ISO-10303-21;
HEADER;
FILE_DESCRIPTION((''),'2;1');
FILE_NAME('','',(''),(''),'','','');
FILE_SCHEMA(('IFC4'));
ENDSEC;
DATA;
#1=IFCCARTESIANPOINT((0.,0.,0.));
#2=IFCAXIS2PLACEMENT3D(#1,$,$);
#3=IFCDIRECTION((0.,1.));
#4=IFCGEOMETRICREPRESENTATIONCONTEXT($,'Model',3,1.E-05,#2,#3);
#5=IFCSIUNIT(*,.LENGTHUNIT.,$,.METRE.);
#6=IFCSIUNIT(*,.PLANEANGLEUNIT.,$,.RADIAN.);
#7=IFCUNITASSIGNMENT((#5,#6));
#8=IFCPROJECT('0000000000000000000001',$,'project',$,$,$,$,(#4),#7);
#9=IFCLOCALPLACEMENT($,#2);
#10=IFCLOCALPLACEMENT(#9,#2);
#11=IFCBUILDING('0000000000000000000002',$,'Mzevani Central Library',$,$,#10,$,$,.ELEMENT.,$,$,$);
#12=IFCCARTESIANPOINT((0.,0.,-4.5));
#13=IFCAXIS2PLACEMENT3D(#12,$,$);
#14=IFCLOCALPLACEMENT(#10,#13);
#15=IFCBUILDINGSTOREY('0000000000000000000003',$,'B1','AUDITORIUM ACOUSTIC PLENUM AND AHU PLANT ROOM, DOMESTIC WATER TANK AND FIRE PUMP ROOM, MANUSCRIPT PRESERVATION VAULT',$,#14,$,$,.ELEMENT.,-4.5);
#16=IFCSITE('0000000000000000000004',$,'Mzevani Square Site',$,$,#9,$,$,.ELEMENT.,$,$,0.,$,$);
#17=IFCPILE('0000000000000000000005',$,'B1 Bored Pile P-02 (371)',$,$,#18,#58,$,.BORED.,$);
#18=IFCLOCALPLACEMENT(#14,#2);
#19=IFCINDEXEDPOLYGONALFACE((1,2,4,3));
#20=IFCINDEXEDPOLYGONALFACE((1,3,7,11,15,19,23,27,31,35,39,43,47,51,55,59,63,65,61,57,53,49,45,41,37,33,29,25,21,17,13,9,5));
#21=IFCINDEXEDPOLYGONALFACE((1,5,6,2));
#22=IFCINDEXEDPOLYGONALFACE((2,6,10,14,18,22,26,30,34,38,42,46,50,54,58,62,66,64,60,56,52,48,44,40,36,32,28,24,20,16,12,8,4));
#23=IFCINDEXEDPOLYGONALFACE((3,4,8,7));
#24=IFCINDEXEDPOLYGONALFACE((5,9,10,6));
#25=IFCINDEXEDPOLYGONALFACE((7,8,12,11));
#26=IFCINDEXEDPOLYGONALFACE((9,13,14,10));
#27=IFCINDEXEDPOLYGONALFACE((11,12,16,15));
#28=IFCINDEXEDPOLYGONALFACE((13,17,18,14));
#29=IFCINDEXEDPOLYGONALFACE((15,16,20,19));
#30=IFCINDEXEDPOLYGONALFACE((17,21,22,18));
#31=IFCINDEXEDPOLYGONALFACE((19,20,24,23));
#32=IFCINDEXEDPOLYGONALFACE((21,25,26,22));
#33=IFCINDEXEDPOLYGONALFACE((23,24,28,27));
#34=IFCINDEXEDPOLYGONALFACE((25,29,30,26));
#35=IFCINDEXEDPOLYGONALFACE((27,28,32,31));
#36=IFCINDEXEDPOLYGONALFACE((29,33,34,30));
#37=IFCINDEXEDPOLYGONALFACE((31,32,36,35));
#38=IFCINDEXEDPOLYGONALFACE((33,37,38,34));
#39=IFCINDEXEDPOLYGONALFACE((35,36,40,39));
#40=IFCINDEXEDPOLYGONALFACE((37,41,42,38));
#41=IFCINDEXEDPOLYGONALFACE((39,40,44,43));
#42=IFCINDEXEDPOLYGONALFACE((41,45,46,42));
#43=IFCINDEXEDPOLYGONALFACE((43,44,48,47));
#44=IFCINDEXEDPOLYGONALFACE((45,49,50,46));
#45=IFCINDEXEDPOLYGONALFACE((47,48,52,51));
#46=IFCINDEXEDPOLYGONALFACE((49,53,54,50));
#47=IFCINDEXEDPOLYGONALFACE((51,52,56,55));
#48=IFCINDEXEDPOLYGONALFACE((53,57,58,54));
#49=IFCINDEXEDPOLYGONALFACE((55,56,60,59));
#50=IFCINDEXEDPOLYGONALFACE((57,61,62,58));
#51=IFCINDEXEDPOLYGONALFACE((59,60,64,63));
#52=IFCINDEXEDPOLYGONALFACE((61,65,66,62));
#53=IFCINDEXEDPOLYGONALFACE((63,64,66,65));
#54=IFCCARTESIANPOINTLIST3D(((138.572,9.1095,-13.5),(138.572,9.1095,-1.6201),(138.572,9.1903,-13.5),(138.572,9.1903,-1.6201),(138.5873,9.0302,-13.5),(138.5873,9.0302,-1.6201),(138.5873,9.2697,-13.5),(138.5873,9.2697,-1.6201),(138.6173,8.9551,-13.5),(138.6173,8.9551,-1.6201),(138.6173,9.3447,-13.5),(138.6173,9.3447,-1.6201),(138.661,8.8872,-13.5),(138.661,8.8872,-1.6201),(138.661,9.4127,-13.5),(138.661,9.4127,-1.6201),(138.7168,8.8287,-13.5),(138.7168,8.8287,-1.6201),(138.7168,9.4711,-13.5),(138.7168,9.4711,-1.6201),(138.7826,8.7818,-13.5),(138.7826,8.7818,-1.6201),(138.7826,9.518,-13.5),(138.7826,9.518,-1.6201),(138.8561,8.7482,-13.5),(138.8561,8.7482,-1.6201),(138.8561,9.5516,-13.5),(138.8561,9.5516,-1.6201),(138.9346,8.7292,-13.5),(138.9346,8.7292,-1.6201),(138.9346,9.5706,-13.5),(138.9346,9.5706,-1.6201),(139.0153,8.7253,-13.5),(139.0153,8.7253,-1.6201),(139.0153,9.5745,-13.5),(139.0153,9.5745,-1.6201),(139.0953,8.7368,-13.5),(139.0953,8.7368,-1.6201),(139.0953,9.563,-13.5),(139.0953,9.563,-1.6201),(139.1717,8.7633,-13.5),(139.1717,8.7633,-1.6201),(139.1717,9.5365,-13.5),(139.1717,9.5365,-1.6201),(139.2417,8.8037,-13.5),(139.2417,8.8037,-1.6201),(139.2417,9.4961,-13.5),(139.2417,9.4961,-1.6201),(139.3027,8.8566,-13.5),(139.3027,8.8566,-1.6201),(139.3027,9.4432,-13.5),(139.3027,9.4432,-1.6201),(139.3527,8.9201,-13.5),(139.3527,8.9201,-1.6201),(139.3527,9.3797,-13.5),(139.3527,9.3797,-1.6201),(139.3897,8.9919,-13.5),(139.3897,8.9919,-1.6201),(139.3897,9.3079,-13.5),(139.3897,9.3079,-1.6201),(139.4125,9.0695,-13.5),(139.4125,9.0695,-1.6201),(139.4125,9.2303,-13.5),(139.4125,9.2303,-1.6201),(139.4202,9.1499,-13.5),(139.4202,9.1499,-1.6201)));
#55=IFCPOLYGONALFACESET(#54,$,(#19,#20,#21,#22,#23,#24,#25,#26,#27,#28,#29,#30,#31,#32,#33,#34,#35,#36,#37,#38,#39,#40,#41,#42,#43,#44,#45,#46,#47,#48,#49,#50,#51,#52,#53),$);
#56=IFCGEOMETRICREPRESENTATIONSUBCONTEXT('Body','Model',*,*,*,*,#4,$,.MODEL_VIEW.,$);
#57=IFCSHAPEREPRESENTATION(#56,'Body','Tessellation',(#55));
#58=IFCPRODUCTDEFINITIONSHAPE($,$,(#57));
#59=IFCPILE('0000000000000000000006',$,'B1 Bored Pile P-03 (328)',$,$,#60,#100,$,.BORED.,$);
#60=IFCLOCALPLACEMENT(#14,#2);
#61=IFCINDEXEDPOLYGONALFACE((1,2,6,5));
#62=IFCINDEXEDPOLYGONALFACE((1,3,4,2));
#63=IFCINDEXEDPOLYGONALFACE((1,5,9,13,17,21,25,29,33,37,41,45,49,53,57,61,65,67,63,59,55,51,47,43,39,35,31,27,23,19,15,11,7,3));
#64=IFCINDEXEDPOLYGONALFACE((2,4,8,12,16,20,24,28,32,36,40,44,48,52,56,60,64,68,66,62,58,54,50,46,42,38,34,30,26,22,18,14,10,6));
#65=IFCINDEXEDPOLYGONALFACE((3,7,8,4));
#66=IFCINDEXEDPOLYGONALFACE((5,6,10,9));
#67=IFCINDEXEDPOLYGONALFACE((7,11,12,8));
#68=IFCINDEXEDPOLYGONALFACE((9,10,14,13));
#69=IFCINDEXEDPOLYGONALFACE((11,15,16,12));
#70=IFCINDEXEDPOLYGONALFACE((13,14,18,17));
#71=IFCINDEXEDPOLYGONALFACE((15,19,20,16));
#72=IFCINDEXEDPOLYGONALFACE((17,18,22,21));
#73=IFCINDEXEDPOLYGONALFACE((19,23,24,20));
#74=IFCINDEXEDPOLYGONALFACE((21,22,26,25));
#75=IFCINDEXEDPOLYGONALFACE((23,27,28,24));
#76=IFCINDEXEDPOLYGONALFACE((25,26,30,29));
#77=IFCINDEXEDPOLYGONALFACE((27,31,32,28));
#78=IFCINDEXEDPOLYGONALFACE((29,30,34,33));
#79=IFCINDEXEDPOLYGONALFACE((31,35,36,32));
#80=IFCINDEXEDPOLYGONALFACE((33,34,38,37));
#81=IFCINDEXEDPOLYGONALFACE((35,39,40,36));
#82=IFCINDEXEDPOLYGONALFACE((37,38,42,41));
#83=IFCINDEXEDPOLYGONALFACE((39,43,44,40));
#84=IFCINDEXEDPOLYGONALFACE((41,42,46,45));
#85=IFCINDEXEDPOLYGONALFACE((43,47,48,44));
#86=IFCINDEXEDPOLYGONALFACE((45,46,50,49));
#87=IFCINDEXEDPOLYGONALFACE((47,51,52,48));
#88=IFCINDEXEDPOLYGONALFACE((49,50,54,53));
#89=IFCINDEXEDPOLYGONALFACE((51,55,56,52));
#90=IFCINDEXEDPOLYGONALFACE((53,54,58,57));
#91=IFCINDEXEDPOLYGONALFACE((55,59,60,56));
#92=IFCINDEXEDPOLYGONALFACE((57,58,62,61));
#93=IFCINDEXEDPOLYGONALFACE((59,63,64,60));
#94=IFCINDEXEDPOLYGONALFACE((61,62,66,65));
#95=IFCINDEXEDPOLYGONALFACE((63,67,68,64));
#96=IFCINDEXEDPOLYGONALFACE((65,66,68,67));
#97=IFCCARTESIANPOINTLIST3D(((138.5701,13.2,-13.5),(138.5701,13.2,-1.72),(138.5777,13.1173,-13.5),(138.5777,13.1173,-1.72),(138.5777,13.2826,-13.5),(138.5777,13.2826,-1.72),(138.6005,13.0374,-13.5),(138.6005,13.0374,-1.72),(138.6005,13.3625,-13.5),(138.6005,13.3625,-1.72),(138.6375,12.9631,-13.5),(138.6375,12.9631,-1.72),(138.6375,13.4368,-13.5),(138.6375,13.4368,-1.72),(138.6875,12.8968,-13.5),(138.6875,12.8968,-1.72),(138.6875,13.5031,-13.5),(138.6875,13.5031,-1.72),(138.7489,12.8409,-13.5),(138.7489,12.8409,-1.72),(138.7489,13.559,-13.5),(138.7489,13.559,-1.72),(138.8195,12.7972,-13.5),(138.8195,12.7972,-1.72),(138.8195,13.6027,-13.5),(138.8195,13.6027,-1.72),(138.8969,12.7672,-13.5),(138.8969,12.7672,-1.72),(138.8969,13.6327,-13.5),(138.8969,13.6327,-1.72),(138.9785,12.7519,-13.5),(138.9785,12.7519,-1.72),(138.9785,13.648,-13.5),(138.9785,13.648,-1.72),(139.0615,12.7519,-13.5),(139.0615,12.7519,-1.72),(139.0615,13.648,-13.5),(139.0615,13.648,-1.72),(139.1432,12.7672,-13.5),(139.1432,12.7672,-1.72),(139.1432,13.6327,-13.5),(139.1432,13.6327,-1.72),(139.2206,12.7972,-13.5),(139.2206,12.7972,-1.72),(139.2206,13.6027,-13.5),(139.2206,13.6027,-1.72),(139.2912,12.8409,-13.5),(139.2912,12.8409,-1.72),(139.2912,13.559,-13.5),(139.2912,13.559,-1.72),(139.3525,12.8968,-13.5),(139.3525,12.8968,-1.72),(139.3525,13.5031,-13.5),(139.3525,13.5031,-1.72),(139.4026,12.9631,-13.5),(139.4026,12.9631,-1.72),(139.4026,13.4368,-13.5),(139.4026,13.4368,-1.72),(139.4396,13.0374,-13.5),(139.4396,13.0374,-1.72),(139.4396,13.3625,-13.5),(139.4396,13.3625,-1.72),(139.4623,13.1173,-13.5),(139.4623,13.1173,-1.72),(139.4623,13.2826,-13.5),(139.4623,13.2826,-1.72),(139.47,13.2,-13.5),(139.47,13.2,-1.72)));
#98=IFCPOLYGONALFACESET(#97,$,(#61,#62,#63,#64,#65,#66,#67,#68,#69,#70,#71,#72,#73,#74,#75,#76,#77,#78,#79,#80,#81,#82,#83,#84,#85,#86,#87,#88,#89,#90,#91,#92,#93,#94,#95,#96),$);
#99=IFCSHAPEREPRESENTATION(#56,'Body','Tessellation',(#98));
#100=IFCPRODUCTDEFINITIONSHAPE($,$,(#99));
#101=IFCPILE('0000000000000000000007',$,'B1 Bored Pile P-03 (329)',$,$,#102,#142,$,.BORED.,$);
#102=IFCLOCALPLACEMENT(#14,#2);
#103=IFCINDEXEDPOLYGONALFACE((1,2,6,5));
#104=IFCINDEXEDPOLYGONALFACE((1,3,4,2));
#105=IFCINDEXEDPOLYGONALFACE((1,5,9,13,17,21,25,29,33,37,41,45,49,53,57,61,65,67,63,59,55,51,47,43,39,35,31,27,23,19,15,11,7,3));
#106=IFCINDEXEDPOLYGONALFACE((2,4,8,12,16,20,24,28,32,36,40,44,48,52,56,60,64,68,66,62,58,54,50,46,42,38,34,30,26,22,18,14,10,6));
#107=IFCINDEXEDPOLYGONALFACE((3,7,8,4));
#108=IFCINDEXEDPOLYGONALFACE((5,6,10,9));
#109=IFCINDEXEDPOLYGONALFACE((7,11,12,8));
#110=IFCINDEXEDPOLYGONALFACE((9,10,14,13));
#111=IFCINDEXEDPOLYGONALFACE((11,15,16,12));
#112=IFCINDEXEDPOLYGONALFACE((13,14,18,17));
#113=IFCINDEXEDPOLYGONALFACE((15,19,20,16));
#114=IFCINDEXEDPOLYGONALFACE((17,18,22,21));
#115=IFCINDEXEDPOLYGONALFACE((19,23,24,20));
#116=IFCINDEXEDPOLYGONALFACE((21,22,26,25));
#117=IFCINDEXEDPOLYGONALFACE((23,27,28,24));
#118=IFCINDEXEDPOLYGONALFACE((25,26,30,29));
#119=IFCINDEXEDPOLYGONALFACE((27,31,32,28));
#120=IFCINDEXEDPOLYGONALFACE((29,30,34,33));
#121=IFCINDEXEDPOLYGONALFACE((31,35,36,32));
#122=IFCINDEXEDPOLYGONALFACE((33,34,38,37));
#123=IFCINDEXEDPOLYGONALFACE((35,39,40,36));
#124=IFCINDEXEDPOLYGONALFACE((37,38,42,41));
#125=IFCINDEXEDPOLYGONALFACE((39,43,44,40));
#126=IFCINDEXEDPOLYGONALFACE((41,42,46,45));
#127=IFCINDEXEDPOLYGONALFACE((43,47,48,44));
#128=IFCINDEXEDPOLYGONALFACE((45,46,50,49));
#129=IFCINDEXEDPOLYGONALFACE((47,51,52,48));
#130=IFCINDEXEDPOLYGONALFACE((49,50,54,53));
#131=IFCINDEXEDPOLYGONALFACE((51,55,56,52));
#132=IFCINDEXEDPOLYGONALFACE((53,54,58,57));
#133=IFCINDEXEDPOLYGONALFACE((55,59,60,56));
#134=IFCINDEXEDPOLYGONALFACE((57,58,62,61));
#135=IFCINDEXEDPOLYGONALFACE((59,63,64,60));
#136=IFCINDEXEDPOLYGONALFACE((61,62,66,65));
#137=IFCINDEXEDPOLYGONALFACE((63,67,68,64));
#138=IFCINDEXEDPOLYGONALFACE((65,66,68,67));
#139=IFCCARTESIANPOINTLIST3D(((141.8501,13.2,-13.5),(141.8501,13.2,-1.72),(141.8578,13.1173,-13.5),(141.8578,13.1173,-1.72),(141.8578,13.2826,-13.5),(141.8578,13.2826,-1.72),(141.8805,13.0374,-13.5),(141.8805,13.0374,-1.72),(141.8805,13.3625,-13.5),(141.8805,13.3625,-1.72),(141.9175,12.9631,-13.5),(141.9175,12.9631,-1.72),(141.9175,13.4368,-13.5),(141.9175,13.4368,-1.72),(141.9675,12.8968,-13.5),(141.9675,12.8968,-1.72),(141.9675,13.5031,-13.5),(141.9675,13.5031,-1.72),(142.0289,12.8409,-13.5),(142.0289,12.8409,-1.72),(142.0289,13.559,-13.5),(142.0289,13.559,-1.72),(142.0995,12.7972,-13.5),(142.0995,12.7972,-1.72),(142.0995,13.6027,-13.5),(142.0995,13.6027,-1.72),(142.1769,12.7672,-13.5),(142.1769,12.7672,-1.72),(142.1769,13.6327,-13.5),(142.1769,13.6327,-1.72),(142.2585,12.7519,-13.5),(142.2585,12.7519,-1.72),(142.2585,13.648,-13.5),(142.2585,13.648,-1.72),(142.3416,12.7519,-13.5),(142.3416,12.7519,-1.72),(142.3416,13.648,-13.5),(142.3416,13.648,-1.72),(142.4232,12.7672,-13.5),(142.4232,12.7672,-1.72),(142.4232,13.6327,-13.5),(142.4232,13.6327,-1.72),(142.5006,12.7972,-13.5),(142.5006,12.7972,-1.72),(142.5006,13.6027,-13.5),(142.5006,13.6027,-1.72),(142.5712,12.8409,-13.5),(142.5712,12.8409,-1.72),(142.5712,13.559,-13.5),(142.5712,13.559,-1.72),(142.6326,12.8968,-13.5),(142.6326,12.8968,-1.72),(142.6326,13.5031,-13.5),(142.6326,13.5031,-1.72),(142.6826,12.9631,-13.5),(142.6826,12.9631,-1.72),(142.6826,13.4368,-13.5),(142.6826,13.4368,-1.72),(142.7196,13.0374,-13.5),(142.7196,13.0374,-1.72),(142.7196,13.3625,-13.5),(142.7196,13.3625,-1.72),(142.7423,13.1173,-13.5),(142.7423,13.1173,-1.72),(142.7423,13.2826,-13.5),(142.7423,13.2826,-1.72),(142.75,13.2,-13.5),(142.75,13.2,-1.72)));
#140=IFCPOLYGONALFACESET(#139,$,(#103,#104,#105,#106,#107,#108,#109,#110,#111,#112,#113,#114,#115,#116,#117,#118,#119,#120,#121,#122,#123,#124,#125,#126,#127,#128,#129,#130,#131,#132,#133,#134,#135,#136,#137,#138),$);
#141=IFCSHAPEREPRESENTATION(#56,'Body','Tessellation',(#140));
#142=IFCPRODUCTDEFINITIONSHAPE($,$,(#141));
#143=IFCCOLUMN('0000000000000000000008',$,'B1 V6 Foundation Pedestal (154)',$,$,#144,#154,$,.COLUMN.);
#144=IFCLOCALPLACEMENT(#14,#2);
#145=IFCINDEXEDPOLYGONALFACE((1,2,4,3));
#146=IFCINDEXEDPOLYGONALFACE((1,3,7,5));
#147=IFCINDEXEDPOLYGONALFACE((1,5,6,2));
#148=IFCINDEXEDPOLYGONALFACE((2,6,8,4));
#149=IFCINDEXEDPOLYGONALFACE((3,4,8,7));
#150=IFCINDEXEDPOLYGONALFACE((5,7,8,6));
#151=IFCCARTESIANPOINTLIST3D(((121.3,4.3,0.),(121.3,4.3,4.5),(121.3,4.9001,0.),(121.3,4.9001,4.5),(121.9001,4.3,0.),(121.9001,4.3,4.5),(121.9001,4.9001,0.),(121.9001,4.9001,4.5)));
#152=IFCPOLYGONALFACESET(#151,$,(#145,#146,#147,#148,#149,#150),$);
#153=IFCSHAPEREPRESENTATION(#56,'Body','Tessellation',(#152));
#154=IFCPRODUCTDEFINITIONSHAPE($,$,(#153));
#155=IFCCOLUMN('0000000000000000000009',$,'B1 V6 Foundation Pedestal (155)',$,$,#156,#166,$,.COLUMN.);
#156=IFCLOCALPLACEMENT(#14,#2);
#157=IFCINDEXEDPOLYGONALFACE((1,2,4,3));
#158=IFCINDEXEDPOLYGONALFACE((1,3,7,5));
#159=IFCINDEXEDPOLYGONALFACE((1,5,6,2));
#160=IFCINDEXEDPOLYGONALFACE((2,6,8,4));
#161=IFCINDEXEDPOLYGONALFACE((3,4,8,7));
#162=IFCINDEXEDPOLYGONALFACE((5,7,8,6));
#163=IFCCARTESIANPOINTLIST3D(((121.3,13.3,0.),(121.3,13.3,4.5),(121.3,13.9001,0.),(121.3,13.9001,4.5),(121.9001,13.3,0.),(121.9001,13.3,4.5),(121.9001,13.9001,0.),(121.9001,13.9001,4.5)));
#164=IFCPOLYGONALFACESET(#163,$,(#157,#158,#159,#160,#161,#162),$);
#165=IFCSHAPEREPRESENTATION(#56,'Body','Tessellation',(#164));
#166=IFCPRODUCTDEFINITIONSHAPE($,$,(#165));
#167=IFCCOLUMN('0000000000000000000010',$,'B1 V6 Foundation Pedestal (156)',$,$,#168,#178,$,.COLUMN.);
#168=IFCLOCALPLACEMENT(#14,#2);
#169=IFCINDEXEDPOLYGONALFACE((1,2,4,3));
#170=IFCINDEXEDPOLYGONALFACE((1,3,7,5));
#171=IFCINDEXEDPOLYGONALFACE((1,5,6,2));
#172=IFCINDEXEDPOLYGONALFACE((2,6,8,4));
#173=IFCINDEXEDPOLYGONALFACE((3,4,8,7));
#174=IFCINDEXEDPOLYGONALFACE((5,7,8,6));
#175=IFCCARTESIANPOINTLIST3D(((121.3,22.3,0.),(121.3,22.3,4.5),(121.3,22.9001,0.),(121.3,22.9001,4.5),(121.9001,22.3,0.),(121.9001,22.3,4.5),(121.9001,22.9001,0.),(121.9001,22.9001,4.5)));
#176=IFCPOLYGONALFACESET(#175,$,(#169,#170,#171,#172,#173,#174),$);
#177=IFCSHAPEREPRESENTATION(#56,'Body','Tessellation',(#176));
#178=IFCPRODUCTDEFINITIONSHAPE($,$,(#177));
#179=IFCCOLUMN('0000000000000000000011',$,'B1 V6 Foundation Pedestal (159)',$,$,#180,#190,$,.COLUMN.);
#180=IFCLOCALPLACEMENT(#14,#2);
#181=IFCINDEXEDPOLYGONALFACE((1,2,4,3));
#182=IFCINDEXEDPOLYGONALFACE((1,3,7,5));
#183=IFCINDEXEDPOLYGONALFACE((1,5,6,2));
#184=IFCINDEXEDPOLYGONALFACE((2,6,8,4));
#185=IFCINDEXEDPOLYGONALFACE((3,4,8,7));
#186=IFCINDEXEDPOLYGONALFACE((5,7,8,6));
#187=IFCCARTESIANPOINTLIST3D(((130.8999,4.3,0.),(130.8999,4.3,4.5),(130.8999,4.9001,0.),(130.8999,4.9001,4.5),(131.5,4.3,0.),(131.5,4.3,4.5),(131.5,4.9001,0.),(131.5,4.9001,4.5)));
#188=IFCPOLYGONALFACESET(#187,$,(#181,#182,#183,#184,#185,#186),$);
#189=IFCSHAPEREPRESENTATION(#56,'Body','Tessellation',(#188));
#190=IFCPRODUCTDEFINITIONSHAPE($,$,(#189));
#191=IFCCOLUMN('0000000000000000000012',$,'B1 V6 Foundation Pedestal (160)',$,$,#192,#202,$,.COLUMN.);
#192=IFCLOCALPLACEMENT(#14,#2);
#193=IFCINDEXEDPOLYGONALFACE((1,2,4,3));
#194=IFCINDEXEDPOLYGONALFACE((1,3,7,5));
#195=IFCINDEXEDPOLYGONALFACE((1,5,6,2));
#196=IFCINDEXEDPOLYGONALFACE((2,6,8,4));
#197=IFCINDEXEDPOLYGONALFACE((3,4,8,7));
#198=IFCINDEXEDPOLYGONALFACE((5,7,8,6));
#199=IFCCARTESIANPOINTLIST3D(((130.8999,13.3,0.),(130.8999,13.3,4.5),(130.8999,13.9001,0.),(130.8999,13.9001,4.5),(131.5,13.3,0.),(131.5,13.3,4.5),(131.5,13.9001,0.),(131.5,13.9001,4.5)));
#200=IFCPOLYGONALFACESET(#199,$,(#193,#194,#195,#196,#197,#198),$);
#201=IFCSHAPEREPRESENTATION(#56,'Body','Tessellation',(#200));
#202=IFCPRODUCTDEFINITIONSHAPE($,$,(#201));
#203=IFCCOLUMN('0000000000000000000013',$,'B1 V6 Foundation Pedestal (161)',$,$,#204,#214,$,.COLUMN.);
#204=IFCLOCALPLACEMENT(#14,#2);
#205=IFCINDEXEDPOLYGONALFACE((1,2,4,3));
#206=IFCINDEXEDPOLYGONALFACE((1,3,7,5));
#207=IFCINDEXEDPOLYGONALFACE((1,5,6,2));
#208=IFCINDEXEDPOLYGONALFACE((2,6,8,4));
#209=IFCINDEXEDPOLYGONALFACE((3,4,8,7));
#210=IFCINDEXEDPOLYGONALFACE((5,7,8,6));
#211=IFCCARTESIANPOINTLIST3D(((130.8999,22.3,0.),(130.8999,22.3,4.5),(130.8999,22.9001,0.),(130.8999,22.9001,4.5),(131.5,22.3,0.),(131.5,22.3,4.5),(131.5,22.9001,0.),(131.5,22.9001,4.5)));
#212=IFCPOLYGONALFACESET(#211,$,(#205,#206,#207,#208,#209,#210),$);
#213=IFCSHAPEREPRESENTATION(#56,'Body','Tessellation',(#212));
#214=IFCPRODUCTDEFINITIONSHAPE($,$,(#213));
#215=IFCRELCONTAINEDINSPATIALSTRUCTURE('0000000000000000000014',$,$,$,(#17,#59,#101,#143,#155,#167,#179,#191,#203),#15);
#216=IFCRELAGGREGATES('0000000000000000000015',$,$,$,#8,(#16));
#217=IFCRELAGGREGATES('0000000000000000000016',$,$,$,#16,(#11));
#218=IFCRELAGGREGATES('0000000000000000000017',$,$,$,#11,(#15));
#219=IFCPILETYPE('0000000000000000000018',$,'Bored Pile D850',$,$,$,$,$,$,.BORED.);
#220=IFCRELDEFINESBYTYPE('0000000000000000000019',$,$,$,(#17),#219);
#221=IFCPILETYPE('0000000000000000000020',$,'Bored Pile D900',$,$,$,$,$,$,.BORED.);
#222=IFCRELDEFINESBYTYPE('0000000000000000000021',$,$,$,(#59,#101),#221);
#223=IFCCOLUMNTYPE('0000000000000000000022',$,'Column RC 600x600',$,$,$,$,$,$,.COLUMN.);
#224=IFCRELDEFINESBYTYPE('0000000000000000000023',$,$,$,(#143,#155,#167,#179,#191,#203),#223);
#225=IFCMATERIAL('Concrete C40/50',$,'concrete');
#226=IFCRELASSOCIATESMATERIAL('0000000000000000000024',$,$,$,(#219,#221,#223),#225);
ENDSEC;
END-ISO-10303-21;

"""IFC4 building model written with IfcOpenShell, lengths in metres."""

from ifc_helpers import new_model, si_unit, direction, frame, origin, origin_2d, place, context, subcontext, project, spatial, rectangle, circle, extrude, material, material_profile, profile_set, type_object, element, save


model = new_model("IFC4")

# Units and contexts
model_context = context("Model", 3, precision=1e-05, world=origin(), true_north=direction((0.0, 1.0)))
body_context = subcontext(model_context, "Body", "Model", "MODEL_VIEW")
ifc_project = project(units=[si_unit("LENGTHUNIT", "METRE"), si_unit("PLANEANGLEUNIT", "RADIAN")], contexts=[model_context])

# Site, building, storey
site_placement = place(None, origin())
site = spatial("IfcSite", under=ifc_project, at=site_placement, Name="Mzevani Square Site", CompositionType="ELEMENT", RefElevation=0.0)
building_placement = place(site_placement, origin())
building = spatial("IfcBuilding", under=site, at=building_placement, Name="Mzevani Central Library", CompositionType="ELEMENT")
storey_placement = place(building_placement, frame((0.0, 0.0, -4.5)))
storey = spatial("IfcBuildingStorey", under=building, at=storey_placement, Name="B1", Description="AUDITORIUM ACOUSTIC PLENUM AND AHU PLANT ROOM, DOMESTIC WATER TANK AND FIRE PUMP ROOM, MANUSCRIPT PRESERVATION VAULT", CompositionType="ELEMENT", Elevation=-4.5)

# Piles
ifc_material_1 = material(Name="Concrete C40/50", Category="concrete")
ifc_material_profile_1 = material_profile(ifc_material_1, circle(Radius=0.425, at=origin_2d()), Name="PILE D850")
ifc_profile_set_1 = profile_set([ifc_material_profile_1], Name="Concrete C40/50")
pile_type_1 = type_object("IfcPileType", Name="Bored Pile D850", PredefinedType="BORED", material=ifc_profile_set_1)
pile_placement = place(storey_placement, frame((138.9951, 9.1499, -1.6201), z_axis=(0.0, 0.0, -1.0), x_axis=(1.0, 0.0, 0.0)))
element("IfcPile", 1, at=pile_placement, inside=storey, type_object=pile_type_1, Name="B1 Bored Pile P-02 (371)", PredefinedType="BORED", context=body_context, shape_type="SweptSolid", body=[
    extrude(circle(Radius=0.425, at=origin_2d()), origin(), (0.0, 0.0, 1.0), 11.8799),
])
ifc_material_profile_2 = material_profile(ifc_material_1, circle(Radius=0.45, at=origin_2d()), Name="PILE D900")
ifc_profile_set_2 = profile_set([ifc_material_profile_2], Name="Concrete C40/50")
pile_type_2 = type_object("IfcPileType", Name="Bored Pile D900", PredefinedType="BORED", material=ifc_profile_set_2)
for number, where, z_axis, x_axis, name in (
    (2, (139.02, 13.2, -1.72), (0.0, 0.0, -1.0), (1.0, 0.0, 0.0), "B1 Bored Pile P-03 (328)"),
    (3, (142.3, 13.2, -1.72), (0.0, 0.0, -1.0), (1.0, 0.0, 0.0), "B1 Bored Pile P-03 (329)"),
):
    element("IfcPile", number, at=place(storey_placement, frame(where, z_axis=z_axis, x_axis=x_axis)), inside=storey, type_object=pile_type_2, Name=name, PredefinedType="BORED", context=body_context, shape_type="SweptSolid", body=[
        extrude(circle(Radius=0.45, at=origin_2d()), origin(), (0.0, 0.0, 1.0), 11.78),
    ])

# Columns
ifc_material_profile_3 = material_profile(ifc_material_1, rectangle(XDim=0.6001, YDim=0.6001, at=origin_2d()), Name="RC 600x600")
ifc_profile_set_3 = profile_set([ifc_material_profile_3], Name="Concrete C40/50")
column_type = type_object("IfcColumnType", Name="Column RC 600x600", PredefinedType="COLUMN", material=ifc_profile_set_3)
for number, where, z_axis, x_axis, name in (
    (4, (121.6001, 4.6001, 0.0), (0.0, 0.0, 1.0), (1.0, 0.0, 0.0), "B1 V6 Foundation Pedestal (154)"),
    (5, (121.6001, 13.6001, 0.0), (0.0, 0.0, 1.0), (1.0, 0.0, 0.0), "B1 V6 Foundation Pedestal (155)"),
    (6, (121.6001, 22.6001, 0.0), (0.0, 0.0, 1.0), (1.0, 0.0, 0.0), "B1 V6 Foundation Pedestal (156)"),
    (7, (131.2, 4.6001, 0.0), (0.0, 0.0, 1.0), (1.0, 0.0, 0.0), "B1 V6 Foundation Pedestal (159)"),
    (8, (131.2, 13.6001, 0.0), (0.0, 0.0, 1.0), (1.0, 0.0, 0.0), "B1 V6 Foundation Pedestal (160)"),
    (9, (131.2, 22.6001, 0.0), (0.0, 0.0, 1.0), (1.0, 0.0, 0.0), "B1 V6 Foundation Pedestal (161)"),
):
    element("IfcColumn", number, at=place(storey_placement, frame(where, z_axis=z_axis, x_axis=x_axis)), inside=storey, type_object=column_type, Name=name, PredefinedType="COLUMN", context=body_context, shape_type="SweptSolid", body=[
        extrude(rectangle(XDim=0.6001, YDim=0.6001, at=origin_2d()), origin(), (0.0, 0.0, 1.0), 4.5),
    ])

save(model, "model.ifc")
